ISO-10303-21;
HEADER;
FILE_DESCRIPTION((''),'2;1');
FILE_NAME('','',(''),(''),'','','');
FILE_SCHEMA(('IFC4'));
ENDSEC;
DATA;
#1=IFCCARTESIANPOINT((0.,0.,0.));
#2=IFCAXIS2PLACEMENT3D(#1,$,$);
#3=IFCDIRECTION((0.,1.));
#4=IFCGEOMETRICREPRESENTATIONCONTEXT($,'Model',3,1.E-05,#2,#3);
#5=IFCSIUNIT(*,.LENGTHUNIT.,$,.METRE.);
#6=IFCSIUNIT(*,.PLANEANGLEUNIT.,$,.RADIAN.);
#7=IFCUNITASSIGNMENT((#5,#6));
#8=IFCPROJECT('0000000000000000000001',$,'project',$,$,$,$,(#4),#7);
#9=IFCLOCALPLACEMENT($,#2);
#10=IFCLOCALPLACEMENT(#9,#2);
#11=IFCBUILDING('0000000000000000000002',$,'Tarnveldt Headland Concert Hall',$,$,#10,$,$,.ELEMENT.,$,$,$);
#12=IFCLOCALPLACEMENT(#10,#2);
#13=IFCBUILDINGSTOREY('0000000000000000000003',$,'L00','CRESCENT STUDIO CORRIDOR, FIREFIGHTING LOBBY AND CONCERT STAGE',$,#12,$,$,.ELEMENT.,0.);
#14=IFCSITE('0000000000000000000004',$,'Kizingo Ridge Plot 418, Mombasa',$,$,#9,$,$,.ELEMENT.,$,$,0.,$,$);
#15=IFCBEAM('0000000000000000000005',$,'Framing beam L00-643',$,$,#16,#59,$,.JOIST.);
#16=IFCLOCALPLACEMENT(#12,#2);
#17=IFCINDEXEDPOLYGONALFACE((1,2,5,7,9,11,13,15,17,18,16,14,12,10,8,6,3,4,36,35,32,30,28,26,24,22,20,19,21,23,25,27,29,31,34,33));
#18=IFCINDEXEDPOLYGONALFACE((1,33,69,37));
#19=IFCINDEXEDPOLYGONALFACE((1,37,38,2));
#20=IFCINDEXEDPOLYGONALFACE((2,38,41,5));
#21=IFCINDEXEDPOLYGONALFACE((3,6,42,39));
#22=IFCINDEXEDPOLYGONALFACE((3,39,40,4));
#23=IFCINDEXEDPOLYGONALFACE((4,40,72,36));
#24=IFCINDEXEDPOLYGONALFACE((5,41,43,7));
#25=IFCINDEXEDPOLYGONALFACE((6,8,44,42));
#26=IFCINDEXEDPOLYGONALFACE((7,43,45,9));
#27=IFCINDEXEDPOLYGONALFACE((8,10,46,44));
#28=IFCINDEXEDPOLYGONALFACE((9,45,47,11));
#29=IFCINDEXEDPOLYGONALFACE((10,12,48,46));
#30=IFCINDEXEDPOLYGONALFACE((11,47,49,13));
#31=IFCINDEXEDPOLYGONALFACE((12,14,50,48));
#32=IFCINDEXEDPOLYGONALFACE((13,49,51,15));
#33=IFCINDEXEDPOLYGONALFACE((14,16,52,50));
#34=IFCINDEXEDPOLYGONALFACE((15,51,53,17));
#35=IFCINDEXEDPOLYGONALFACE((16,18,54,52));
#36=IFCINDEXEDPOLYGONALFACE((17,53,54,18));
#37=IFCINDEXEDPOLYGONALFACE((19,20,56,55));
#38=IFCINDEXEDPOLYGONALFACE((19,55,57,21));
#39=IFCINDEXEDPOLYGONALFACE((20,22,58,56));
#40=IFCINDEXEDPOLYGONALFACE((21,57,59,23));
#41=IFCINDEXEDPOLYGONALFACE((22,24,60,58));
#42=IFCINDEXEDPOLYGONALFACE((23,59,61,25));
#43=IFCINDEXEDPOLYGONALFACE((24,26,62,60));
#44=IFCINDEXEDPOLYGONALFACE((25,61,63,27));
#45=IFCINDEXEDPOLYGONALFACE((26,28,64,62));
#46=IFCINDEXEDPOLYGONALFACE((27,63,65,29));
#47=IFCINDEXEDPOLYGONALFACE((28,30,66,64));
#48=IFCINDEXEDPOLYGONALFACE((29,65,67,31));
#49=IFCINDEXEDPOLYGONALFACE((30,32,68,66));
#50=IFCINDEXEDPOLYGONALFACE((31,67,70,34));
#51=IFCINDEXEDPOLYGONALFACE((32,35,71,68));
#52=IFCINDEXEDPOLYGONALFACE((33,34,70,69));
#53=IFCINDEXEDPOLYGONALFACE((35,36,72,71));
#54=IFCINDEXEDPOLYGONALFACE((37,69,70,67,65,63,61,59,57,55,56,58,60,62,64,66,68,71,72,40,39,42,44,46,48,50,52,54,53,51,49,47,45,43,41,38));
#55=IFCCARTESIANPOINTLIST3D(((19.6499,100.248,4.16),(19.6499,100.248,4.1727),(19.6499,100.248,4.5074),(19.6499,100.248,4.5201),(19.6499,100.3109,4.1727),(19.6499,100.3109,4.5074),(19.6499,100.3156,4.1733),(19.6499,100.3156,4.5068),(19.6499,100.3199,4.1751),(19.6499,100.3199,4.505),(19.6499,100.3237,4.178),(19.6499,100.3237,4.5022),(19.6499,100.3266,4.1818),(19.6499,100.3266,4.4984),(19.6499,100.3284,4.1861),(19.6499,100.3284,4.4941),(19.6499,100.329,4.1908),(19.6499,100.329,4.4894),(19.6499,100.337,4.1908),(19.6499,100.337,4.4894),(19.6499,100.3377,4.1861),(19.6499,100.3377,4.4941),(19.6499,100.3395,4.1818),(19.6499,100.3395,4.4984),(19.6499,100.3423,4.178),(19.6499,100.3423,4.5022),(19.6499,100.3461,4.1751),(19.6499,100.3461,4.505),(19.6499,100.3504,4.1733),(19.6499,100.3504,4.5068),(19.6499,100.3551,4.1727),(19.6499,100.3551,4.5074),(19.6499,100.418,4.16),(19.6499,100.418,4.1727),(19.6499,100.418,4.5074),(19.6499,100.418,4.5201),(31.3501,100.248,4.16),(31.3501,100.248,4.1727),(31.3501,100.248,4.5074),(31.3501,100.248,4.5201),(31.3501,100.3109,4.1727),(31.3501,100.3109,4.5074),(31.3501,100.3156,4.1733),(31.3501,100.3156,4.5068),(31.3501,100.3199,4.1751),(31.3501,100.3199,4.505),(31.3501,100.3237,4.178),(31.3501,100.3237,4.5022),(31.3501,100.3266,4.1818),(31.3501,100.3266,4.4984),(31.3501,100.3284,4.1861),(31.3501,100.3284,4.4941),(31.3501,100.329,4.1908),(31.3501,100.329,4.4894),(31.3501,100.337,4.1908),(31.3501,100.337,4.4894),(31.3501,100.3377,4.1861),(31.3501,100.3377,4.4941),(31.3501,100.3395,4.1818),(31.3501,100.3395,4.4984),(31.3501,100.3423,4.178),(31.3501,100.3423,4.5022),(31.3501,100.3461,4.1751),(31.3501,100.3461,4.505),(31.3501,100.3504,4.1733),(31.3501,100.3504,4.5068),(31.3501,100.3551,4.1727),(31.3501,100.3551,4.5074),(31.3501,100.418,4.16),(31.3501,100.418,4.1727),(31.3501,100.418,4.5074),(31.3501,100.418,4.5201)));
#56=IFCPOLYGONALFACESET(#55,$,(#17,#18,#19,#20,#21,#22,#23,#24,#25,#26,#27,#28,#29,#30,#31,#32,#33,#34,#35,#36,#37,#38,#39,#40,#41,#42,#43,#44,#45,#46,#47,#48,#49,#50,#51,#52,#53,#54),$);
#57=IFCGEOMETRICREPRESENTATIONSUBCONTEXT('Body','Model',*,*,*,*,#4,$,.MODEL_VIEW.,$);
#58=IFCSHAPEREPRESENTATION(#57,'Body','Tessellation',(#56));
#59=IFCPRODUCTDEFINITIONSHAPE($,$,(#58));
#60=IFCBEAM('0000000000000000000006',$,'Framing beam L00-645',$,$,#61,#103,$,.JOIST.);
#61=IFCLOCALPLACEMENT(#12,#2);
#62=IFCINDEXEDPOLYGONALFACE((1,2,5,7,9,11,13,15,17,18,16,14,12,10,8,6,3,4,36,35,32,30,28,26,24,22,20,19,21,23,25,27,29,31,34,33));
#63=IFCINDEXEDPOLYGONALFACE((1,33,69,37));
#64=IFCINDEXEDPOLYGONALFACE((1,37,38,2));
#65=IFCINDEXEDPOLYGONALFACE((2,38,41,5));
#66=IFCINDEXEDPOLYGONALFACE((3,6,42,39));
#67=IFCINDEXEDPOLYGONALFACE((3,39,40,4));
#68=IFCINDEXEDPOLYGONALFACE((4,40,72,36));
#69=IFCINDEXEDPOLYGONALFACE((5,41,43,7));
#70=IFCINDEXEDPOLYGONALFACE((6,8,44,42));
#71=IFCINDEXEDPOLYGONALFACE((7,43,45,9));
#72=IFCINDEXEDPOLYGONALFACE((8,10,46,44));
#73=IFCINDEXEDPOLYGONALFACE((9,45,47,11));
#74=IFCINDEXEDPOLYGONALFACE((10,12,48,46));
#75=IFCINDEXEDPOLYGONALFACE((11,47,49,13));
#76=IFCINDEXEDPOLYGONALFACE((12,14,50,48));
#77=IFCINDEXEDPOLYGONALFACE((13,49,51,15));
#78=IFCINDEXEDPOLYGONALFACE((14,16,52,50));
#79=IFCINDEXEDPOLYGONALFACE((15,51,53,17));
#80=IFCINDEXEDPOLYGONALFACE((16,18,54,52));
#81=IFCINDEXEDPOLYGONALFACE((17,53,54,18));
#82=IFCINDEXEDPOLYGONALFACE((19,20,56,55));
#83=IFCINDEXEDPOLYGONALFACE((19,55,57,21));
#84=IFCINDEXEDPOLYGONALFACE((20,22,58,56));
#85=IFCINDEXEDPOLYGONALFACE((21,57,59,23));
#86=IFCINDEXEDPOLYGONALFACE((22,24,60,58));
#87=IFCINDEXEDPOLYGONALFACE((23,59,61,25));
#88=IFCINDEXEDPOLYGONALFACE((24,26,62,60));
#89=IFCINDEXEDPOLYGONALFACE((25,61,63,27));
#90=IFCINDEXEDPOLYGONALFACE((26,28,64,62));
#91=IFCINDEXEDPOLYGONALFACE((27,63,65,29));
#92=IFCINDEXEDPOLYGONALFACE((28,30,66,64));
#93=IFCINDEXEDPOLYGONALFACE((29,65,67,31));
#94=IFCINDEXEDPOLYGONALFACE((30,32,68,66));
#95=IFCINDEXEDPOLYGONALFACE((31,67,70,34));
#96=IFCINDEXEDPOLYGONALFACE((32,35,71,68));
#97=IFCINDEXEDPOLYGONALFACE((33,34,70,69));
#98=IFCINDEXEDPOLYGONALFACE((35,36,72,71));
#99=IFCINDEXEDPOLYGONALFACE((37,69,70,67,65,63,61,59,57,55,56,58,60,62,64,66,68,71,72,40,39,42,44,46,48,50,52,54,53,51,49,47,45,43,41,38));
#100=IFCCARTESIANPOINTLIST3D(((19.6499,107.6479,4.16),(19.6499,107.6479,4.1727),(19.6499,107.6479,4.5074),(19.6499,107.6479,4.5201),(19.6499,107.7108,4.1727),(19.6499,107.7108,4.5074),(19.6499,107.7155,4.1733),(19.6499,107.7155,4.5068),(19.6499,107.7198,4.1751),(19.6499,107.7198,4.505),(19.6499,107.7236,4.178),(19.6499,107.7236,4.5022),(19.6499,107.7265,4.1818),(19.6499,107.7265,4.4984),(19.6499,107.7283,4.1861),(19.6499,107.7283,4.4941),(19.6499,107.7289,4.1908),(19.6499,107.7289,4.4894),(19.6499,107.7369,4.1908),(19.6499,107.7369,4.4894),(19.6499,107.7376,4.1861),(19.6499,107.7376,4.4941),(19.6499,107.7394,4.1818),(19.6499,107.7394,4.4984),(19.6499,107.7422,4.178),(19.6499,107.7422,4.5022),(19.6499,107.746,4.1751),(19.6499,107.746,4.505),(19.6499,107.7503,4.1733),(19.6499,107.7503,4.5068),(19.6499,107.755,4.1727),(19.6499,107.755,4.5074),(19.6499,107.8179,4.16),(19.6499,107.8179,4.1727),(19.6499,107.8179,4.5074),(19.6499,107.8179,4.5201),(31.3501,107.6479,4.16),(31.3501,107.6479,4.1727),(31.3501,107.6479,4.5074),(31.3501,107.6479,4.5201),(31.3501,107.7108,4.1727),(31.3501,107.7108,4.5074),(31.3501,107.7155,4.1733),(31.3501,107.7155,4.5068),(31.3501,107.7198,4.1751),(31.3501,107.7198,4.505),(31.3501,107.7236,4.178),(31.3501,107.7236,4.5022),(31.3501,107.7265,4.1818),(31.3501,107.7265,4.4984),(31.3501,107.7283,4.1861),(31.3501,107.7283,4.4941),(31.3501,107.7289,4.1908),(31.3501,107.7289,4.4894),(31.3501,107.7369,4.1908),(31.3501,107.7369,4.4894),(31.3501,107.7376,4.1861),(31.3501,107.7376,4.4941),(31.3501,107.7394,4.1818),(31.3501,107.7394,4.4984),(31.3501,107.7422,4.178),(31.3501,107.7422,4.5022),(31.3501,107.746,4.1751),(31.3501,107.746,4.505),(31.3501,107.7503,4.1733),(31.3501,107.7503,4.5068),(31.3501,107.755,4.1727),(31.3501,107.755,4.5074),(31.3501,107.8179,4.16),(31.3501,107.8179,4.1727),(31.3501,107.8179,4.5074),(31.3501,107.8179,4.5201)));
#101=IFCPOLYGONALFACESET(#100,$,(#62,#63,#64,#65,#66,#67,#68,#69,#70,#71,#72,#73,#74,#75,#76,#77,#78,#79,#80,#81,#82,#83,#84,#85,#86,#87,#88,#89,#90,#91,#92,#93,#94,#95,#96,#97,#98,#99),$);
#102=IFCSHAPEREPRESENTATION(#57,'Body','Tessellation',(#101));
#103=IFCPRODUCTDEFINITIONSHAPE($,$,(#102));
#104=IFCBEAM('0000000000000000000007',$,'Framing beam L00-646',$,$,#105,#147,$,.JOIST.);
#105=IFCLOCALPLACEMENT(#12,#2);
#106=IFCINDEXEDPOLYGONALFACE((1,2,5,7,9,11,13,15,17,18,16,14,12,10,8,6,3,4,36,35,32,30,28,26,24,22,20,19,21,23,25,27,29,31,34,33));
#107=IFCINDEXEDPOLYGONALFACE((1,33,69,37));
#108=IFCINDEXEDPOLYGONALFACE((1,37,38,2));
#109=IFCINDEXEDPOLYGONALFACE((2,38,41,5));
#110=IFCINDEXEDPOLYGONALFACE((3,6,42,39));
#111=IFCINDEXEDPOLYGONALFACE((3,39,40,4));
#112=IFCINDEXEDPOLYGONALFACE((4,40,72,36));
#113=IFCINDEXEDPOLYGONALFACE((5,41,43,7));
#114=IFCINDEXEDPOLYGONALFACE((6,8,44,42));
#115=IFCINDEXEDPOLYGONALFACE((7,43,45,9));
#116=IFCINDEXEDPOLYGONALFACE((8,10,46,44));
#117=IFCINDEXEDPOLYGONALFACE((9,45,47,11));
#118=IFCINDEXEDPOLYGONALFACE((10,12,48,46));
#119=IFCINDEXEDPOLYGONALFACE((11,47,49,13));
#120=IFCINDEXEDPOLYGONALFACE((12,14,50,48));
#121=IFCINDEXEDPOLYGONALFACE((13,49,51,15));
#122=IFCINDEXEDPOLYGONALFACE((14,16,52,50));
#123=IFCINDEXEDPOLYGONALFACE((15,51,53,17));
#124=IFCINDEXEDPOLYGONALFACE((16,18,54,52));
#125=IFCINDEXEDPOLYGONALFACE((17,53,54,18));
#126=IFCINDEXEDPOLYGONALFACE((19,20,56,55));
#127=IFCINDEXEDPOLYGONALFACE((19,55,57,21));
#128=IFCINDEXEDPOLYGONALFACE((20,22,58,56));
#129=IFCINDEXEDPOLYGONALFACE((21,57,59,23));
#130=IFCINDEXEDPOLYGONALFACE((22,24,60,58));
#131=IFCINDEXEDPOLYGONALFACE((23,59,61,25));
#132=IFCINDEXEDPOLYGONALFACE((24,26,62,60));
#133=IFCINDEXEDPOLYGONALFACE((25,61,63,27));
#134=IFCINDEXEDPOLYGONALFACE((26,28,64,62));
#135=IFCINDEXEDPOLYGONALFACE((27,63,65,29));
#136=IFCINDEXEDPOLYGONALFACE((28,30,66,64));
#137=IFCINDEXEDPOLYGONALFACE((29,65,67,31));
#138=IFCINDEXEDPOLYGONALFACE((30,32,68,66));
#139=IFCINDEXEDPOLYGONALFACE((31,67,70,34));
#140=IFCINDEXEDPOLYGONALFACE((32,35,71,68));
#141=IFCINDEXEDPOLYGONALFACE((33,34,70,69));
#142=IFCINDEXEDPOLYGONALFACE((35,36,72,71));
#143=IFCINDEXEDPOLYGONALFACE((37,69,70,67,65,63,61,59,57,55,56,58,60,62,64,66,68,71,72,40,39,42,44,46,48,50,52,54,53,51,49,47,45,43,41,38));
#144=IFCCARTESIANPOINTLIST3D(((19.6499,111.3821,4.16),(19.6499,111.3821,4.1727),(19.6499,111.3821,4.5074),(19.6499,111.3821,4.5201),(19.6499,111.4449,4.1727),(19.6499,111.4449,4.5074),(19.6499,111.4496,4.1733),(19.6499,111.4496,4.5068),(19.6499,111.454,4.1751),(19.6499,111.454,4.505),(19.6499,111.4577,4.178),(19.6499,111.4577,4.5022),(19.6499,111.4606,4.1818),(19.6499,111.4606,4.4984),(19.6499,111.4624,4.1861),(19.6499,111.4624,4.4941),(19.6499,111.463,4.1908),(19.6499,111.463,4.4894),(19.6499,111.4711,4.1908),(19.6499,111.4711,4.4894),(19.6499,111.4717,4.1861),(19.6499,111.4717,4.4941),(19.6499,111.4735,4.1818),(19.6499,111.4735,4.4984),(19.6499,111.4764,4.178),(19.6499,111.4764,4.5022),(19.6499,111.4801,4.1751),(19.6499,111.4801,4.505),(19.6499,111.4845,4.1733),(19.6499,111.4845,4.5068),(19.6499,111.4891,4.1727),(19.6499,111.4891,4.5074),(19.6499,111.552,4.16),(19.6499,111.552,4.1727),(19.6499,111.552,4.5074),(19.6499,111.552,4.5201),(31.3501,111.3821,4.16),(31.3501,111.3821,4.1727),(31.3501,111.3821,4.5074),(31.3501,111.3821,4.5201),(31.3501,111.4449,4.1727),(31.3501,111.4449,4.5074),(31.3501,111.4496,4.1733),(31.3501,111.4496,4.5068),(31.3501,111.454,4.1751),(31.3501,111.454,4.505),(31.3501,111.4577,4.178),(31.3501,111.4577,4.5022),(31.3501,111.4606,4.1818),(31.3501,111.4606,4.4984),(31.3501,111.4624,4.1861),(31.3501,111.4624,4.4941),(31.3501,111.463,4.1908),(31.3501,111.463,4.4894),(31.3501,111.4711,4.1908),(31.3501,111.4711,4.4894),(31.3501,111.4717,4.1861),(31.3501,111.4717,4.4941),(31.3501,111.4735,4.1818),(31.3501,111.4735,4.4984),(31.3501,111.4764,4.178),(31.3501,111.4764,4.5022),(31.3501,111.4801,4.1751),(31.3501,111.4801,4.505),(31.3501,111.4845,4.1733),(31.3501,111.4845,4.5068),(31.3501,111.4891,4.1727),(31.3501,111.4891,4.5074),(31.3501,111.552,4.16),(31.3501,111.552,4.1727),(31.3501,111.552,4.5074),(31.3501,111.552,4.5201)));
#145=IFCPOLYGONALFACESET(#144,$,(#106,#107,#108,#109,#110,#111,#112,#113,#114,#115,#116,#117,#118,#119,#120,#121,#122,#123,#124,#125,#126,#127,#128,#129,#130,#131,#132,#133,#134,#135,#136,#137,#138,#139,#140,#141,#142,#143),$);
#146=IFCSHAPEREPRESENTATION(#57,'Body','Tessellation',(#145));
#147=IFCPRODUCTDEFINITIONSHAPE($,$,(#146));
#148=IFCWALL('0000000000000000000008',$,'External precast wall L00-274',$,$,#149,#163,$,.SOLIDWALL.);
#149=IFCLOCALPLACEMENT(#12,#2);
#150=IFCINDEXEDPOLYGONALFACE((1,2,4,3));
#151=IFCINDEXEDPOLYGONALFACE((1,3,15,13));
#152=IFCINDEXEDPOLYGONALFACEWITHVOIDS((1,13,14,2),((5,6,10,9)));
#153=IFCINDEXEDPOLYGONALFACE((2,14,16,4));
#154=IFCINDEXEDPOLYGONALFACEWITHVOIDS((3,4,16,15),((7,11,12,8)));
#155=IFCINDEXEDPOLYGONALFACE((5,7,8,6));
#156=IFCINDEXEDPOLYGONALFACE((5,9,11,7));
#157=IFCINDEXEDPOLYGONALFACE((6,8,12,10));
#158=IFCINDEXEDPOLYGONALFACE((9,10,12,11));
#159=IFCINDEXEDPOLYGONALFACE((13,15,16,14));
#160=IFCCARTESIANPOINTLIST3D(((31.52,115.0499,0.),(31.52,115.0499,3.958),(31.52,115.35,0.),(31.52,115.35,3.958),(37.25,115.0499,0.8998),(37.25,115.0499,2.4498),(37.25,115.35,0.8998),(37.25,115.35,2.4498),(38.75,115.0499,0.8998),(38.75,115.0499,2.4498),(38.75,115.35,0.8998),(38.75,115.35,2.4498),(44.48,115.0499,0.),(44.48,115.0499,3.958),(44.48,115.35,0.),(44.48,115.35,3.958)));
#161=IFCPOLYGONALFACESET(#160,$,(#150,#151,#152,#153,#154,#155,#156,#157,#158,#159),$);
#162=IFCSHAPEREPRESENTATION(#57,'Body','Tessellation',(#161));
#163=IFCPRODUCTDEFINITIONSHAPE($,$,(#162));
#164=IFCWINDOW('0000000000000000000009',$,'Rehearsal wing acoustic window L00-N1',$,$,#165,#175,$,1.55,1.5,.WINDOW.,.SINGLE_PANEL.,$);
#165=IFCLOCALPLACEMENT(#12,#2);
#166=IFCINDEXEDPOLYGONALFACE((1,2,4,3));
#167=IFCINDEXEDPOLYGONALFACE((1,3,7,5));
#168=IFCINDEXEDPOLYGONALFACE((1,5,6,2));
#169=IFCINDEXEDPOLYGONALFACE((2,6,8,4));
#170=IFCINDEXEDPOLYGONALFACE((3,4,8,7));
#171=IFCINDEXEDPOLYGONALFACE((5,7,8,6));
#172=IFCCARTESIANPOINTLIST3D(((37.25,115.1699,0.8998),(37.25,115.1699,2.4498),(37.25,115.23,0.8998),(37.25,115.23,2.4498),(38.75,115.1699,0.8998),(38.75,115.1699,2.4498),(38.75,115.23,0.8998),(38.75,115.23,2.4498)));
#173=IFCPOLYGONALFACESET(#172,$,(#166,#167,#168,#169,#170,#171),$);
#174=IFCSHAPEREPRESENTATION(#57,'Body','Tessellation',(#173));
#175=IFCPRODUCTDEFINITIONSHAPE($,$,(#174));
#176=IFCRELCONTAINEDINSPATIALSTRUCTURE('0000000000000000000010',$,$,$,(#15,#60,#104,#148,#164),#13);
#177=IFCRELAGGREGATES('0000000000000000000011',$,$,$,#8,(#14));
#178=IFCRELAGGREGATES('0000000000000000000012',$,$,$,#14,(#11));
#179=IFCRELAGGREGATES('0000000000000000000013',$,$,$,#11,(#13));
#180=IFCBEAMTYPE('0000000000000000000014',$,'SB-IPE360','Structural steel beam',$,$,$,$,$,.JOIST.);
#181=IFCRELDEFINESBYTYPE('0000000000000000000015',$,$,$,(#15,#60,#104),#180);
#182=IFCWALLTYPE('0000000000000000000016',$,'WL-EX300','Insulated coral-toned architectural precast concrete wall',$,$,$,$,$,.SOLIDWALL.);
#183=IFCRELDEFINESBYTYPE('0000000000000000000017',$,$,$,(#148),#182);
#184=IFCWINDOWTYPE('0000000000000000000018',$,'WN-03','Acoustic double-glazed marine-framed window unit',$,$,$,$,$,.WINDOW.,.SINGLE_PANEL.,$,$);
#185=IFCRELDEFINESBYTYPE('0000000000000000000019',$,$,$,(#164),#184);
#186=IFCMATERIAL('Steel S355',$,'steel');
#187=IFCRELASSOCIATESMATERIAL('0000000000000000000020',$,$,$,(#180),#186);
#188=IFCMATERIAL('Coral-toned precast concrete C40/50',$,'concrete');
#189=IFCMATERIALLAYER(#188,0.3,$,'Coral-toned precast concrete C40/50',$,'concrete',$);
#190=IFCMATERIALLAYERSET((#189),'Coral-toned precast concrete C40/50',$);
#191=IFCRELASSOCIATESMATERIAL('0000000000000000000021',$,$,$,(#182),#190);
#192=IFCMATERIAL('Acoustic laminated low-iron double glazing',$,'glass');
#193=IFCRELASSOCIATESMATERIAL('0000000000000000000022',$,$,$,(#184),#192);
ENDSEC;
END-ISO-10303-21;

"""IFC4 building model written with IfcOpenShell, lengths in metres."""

from ifc_helpers import new_model, si_unit, direction, frame, frame_2d, origin, origin_2d, place, context, subcontext, project, spatial, rectangle, i_section, extrude, material, layer, layer_set, material_profile, profile_set, type_object, element, fill, save


model = new_model("IFC4")

# Units and contexts
model_context = context("Model", 3, precision=1e-05, world=origin(), true_north=direction((0.0, 1.0)))
body_context = subcontext(model_context, "Body", "Model", "MODEL_VIEW")
ifc_project = project(units=[si_unit("LENGTHUNIT", "METRE"), si_unit("PLANEANGLEUNIT", "RADIAN")], contexts=[model_context])

# Site, building, storey
site_placement = place(None, origin())
site = spatial("IfcSite", under=ifc_project, at=site_placement, Name="Kizingo Ridge Plot 418, Mombasa", CompositionType="ELEMENT", RefElevation=0.0)
building_placement = place(site_placement, origin())
building = spatial("IfcBuilding", under=site, at=building_placement, Name="Tarnveldt Headland Concert Hall", CompositionType="ELEMENT")
storey_placement = place(building_placement, origin())
storey = spatial("IfcBuildingStorey", under=building, at=storey_placement, Name="L00", Description="CRESCENT STUDIO CORRIDOR, FIREFIGHTING LOBBY AND CONCERT STAGE", CompositionType="ELEMENT", Elevation=0.0)

# Beams
ifc_material_1 = material(Name="Steel S355", Category="steel")
ifc_material_profile_1 = material_profile(ifc_material_1, i_section(OverallWidth=0.1699, OverallDepth=0.3601, WebThickness=0.0081, FlangeThickness=0.0127, FilletRadius=0.0181, at=origin_2d()), Name="IPE360", Category="steel")
ifc_profile_set_1 = profile_set([ifc_material_profile_1], Name="Steel S355")
beam_type_1 = type_object("IfcBeamType", Name="SB-IPE360", Description="Structural steel beam", PredefinedType="JOIST", material=ifc_profile_set_1)
for number, where, z_axis, x_axis, name in (
    (1, (19.6499, 100.333, 4.3401), (1.0, 0.0, 0.0), (0.0, 1.0, 0.0), "Framing beam L00-643"),
    (2, (19.6499, 107.7329, 4.3401), (1.0, 0.0, 0.0), (0.0, 1.0, 0.0), "Framing beam L00-645"),
    (3, (19.6499, 111.467, 4.3401), (1.0, 0.0, 0.0), (0.0, 1.0, 0.0), "Framing beam L00-646"),
):
    element("IfcBeam", number, at=place(storey_placement, frame(where, z_axis=z_axis, x_axis=x_axis)), inside=storey, type_object=beam_type_1, Name=name, PredefinedType="JOIST", context=body_context, shape_type="SweptSolid", body=[
        extrude(i_section(OverallWidth=0.1699, OverallDepth=0.3601, WebThickness=0.0081, FlangeThickness=0.0127, FilletRadius=0.0181, at=origin_2d()), origin(), (0.0, 0.0, 1.0), 11.7002),
    ])

# Wall, opening, window
ifc_material_2 = material(Name="Coral-toned precast concrete C40/50", Category="concrete")
ifc_layer_1 = layer(ifc_material_2, 0.3, Name="Coral-toned precast concrete C40/50", Category="concrete")
ifc_layer_set_1 = layer_set([ifc_layer_1], Name="Coral-toned precast concrete C40/50")
wall_type_1 = type_object("IfcWallType", Name="WL-EX300", Description="Insulated coral-toned architectural precast concrete wall", PredefinedType="SOLIDWALL", material=ifc_layer_set_1)
wall_1_placement = place(storey_placement, frame((31.52, 115.2, 0.0), z_axis=(0.0, 0.0, 1.0), x_axis=(1.0, 0.0, 0.0)))
wall_1 = element("IfcWall", 4, at=wall_1_placement, inside=storey, type_object=wall_type_1, Name="External precast wall L00-274", PredefinedType="SOLIDWALL", context=body_context, shape_type="SweptSolid", body=[
    extrude(rectangle(XDim=12.96, YDim=0.3, at=frame_2d((6.48, 0.0))), origin(), (0.0, 0.0, 1.0), 3.958),
])
opening_1_placement = place(wall_1_placement, frame((5.73, 0.0, 0.8999)))
opening_1 = element("IfcOpeningElement", 5, at=opening_1_placement, cuts=wall_1, PredefinedType="OPENING", context=body_context, shape_type="SweptSolid", body=[
    extrude(rectangle(XDim=1.5, YDim=1.55, at=frame_2d((0.75, 0.7749))), frame((0.0, 0.1599, 0.0), z_axis=(0.0, -1.0, 0.0), x_axis=(1.0, 0.0, 0.0)), (0.0, 0.0, 1.0), 0.3201),
])
ifc_material_3 = material(Name="Acoustic laminated low-iron double glazing", Category="glass")
window_type = type_object("IfcWindowType", Name="WN-03", Description="Acoustic double-glazed marine-framed window unit", PartitioningType="SINGLE_PANEL", PredefinedType="WINDOW", material=ifc_material_3)
window_placement = place(opening_1_placement, origin())
window = element("IfcWindow", 6, at=window_placement, inside=storey, type_object=window_type, Name="Rehearsal wing acoustic window L00-N1", OverallHeight=1.55, OverallWidth=1.5, PartitioningType="SINGLE_PANEL", PredefinedType="WINDOW", context=body_context, shape_type="SweptSolid", body=[
    extrude(rectangle(XDim=1.5, YDim=1.55, at=frame_2d((0.75, 0.7749))), frame((0.0, 0.03, 0.0), z_axis=(0.0, -1.0, 0.0), x_axis=(1.0, 0.0, 0.0)), (0.0, 0.0, 1.0), 0.0601),
])
fill(opening_1, window)

save(model, "model.ifc")
